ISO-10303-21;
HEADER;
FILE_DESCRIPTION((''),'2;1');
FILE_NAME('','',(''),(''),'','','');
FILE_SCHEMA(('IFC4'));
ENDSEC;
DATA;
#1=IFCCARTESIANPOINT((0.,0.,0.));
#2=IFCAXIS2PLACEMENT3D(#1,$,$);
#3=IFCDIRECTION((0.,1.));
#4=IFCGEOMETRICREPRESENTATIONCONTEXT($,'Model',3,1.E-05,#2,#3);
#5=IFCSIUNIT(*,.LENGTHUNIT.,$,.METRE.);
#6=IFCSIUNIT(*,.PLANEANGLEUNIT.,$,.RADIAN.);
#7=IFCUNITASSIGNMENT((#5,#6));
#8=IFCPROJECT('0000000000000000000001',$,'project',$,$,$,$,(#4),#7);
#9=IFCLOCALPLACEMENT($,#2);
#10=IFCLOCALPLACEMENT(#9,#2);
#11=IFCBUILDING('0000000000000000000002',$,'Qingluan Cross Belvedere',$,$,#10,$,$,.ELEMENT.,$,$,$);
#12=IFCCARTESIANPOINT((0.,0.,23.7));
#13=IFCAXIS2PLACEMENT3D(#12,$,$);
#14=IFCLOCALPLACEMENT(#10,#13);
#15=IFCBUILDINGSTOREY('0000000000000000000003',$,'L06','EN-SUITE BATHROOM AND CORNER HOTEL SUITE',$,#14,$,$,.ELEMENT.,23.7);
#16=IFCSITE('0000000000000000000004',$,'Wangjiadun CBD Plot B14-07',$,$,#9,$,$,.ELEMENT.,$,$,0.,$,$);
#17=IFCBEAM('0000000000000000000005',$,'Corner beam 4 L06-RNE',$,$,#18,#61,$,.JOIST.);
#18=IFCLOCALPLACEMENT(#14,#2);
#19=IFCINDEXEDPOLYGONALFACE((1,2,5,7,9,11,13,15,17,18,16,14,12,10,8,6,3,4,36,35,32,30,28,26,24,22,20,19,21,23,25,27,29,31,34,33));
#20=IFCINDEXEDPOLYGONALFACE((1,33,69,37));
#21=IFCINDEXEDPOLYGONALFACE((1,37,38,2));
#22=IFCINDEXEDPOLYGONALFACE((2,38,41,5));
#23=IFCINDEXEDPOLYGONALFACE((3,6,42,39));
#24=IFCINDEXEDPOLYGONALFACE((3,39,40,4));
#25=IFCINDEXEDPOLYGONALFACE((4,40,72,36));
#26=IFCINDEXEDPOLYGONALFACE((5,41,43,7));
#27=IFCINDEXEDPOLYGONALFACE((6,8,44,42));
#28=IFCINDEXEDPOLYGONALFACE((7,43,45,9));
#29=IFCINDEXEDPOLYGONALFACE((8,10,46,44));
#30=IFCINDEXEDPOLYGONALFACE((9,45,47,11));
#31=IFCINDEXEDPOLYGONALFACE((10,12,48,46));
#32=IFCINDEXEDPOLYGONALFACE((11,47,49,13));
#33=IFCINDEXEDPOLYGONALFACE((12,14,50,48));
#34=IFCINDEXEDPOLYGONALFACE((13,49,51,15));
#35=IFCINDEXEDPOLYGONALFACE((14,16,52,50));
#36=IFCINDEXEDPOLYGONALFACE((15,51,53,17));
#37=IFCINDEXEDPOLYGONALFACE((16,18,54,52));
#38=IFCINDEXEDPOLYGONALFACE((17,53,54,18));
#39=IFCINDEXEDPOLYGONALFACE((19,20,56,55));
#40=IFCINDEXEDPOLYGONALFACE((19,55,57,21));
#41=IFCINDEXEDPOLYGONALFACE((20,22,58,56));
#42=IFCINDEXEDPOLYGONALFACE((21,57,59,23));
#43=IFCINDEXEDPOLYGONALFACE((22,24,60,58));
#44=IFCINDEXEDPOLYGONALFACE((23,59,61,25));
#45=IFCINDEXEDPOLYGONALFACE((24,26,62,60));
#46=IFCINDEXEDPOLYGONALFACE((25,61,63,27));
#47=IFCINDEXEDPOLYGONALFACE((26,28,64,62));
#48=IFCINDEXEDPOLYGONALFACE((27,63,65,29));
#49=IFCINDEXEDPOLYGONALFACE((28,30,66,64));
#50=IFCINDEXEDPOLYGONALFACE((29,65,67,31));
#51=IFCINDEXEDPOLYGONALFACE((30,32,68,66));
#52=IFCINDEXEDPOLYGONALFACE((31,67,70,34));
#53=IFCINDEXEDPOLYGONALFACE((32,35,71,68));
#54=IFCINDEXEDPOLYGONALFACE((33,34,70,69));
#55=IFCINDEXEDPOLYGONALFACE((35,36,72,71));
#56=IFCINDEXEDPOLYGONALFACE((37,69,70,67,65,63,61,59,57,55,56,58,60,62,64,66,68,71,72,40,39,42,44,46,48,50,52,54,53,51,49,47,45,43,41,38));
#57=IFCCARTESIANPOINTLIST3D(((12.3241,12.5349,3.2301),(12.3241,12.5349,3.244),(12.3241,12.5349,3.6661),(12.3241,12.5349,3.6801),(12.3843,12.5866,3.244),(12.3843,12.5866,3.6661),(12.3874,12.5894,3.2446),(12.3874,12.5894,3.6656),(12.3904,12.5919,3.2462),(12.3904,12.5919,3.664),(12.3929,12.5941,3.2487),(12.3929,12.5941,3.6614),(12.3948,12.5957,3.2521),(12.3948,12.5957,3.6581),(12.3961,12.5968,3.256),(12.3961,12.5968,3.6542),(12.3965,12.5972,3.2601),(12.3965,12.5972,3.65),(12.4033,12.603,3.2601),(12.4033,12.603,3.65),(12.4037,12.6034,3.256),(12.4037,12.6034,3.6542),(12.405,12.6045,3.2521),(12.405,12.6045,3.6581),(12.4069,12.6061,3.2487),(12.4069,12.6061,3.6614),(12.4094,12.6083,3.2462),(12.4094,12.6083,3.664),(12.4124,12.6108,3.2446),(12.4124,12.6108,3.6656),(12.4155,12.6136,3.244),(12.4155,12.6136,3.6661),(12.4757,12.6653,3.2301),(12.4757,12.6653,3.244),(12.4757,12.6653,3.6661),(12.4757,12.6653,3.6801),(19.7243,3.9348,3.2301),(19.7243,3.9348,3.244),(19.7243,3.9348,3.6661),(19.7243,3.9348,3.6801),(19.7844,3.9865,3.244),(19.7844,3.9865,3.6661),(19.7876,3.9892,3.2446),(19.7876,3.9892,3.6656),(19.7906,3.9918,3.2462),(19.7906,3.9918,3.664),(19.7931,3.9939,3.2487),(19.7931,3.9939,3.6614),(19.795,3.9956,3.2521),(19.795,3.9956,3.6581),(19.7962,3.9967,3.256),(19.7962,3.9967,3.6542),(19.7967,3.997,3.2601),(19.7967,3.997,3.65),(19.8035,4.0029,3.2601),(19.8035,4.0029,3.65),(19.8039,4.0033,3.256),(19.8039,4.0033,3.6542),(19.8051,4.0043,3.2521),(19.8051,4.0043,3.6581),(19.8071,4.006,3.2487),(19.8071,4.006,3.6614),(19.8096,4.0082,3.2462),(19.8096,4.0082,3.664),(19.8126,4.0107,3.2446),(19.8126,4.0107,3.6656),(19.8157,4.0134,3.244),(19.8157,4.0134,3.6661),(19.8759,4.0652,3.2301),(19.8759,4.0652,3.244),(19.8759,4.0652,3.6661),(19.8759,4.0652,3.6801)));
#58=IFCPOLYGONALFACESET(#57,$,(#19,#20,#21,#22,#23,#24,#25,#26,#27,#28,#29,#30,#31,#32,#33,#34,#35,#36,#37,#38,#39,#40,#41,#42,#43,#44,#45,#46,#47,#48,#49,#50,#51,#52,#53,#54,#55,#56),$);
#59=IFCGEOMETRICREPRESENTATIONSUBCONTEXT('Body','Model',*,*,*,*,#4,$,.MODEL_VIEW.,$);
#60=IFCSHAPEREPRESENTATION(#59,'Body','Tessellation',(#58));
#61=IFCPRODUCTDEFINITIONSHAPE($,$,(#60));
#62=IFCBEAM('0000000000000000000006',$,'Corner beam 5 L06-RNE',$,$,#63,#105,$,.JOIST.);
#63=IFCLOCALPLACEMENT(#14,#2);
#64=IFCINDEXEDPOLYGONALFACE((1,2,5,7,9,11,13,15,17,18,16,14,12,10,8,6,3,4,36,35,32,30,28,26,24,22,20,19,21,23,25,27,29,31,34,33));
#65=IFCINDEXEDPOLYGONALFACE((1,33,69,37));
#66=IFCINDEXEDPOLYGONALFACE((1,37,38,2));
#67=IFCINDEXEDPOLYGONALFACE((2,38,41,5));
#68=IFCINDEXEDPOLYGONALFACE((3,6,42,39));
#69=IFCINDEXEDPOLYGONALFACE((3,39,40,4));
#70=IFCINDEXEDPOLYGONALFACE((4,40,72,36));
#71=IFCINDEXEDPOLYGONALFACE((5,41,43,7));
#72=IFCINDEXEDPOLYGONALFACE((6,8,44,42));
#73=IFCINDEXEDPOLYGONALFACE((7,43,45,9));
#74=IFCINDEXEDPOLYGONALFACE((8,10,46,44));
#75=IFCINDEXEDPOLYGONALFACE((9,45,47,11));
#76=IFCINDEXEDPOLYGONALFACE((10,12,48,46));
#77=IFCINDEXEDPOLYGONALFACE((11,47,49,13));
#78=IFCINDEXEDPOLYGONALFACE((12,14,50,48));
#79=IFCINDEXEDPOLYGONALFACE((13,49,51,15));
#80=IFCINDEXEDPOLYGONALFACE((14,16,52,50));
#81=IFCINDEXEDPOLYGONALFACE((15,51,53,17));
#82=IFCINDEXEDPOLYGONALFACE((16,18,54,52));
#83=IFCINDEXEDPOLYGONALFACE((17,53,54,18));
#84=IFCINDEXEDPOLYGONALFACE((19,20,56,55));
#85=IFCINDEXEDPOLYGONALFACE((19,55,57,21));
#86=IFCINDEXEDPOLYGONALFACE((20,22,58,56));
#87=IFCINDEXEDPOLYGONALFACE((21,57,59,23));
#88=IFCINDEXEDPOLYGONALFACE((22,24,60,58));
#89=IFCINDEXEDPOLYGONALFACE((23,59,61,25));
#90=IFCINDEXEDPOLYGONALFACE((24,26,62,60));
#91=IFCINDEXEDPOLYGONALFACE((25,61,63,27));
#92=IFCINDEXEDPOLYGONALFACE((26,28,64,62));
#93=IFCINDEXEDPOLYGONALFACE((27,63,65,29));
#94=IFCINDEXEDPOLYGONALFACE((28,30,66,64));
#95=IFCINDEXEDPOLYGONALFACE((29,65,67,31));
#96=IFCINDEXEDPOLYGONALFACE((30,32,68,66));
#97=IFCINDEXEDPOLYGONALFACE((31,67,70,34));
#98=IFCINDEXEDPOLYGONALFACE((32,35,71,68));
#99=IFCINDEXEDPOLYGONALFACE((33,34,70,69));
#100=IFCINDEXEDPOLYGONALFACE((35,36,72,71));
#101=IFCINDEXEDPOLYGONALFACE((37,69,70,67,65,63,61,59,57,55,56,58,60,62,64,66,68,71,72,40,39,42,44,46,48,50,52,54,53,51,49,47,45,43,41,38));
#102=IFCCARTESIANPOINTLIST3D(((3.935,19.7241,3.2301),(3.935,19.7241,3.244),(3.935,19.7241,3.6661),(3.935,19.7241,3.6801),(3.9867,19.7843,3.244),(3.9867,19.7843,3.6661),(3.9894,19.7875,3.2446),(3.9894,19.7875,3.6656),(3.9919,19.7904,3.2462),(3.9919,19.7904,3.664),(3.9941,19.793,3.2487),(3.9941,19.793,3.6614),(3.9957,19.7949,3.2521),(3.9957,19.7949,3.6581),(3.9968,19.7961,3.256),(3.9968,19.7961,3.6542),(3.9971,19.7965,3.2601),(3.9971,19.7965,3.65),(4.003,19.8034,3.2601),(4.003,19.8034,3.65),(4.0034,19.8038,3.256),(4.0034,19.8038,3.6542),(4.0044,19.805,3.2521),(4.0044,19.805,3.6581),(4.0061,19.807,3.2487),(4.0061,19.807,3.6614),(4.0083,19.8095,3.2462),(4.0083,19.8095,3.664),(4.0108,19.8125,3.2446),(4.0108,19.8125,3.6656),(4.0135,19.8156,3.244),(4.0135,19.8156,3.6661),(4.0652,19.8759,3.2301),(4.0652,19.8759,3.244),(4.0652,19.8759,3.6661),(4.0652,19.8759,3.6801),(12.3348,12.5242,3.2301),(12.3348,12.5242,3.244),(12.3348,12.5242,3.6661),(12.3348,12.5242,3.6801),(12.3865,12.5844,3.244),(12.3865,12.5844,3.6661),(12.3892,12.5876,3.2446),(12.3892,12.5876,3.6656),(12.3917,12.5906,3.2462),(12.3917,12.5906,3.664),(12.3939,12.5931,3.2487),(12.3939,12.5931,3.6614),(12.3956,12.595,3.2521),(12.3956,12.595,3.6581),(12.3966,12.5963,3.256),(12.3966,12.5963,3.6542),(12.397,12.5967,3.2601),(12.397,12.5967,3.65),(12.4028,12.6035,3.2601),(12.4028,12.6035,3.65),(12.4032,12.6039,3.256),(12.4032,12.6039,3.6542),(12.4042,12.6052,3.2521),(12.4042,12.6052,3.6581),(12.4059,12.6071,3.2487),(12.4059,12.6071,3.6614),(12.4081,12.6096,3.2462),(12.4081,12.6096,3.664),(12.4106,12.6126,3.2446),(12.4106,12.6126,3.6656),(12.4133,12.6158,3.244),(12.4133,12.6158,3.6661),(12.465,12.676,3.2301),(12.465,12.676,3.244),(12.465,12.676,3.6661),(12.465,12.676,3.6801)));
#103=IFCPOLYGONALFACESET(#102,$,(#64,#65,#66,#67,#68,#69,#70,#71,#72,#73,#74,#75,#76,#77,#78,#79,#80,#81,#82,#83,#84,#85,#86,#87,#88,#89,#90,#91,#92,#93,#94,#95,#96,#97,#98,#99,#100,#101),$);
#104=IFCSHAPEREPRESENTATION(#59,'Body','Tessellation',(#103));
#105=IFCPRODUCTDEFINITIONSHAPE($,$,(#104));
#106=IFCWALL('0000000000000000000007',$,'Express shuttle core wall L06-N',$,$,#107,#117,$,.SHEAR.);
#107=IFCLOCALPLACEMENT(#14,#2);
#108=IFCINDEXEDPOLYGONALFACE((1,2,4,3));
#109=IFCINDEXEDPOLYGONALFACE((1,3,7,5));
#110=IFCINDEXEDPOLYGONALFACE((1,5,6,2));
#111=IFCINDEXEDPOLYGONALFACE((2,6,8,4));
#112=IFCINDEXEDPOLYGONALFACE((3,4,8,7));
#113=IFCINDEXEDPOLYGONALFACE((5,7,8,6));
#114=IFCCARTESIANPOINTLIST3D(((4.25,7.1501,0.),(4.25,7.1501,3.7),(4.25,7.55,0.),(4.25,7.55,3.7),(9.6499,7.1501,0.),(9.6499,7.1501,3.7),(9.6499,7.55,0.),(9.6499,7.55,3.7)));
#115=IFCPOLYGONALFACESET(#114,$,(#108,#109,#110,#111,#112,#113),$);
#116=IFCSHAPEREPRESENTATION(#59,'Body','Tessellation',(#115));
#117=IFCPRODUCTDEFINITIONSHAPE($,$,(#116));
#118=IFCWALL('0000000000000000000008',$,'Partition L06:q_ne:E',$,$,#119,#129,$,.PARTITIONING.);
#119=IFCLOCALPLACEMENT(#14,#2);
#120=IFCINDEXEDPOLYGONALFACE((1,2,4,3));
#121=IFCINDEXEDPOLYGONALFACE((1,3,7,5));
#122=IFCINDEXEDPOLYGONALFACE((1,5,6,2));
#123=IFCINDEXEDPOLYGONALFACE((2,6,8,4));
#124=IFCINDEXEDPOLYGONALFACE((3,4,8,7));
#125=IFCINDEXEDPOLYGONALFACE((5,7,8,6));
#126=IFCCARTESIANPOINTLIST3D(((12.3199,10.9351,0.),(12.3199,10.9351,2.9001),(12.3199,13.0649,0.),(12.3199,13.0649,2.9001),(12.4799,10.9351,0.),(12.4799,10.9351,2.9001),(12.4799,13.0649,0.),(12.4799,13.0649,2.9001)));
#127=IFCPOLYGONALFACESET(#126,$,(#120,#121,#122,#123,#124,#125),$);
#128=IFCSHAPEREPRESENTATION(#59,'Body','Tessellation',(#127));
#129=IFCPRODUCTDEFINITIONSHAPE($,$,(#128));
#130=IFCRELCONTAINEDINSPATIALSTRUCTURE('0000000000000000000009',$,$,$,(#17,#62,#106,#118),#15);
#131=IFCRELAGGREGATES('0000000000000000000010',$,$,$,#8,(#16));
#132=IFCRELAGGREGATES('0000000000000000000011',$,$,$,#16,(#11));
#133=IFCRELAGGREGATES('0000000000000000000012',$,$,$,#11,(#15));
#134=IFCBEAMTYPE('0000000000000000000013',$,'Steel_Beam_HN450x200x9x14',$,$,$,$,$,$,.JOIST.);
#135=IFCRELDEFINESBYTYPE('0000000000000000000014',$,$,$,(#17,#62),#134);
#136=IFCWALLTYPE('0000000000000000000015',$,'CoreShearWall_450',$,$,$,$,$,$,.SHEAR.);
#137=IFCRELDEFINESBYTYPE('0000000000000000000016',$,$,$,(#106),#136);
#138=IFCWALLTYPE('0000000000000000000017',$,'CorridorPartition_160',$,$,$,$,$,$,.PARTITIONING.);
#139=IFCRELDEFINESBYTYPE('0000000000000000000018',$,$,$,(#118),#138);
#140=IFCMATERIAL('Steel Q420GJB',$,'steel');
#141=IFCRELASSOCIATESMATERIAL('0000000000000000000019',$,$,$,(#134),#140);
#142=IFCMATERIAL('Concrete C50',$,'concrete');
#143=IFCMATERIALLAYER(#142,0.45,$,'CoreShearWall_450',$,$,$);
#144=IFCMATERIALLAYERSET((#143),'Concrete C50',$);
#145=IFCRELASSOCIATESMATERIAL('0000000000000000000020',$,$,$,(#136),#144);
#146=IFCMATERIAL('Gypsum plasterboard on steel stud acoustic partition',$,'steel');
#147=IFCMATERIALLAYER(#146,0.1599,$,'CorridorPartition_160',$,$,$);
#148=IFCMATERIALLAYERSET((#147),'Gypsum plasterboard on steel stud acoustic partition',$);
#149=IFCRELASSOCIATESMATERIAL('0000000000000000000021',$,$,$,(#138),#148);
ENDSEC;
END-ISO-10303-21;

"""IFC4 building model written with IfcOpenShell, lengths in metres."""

from ifc_helpers import new_model, si_unit, direction, frame, frame_2d, origin, origin_2d, place, context, subcontext, project, spatial, rectangle, i_section, extrude, material, layer, layer_set, material_profile, profile_set, type_object, element, save


model = new_model("IFC4")

# Units and contexts
model_context = context("Model", 3, precision=1e-05, world=origin(), true_north=direction((0.0, 1.0)))
body_context = subcontext(model_context, "Body", "Model", "MODEL_VIEW")
ifc_project = project(units=[si_unit("LENGTHUNIT", "METRE"), si_unit("PLANEANGLEUNIT", "RADIAN")], contexts=[model_context])

# Site, building, storey
site_placement = place(None, origin())
site = spatial("IfcSite", under=ifc_project, at=site_placement, Name="Wangjiadun CBD Plot B14-07", CompositionType="ELEMENT", RefElevation=0.0)
building_placement = place(site_placement, origin())
building = spatial("IfcBuilding", under=site, at=building_placement, Name="Qingluan Cross Belvedere", CompositionType="ELEMENT")
storey_placement = place(building_placement, frame((0.0, 0.0, 23.7)))
storey = spatial("IfcBuildingStorey", under=building, at=storey_placement, Name="L06", Description="EN-SUITE BATHROOM AND CORNER HOTEL SUITE", CompositionType="ELEMENT", Elevation=23.7)

# Beams
ifc_material_1 = material(Name="Steel Q420GJB", Category="steel")
ifc_material_profile_1 = material_profile(ifc_material_1, i_section(OverallWidth=0.2, OverallDepth=0.45, WebThickness=0.009, FlangeThickness=0.0139, FilletRadius=0.0161, at=origin_2d()), Name="HN450x200x9x14")
ifc_profile_set_1 = profile_set([ifc_material_profile_1], Name="Steel Q420GJB")
beam_type = type_object("IfcBeamType", Name="Steel_Beam_HN450x200x9x14", PredefinedType="JOIST", material=ifc_profile_set_1)
beam_1_placement = place(storey_placement, frame((12.3999, 12.6001, 3.4551), z_axis=(0.652245, -0.758008, 0.0), x_axis=(0.758008, 0.652245, 0.0)))
element("IfcBeam", 1, at=beam_1_placement, inside=storey, type_object=beam_type, Name="Corner beam 4 L06-RNE", PredefinedType="JOIST", context=body_context, shape_type="SweptSolid", body=[
    extrude(i_section(OverallWidth=0.2, OverallDepth=0.45, WebThickness=0.009, FlangeThickness=0.0139, FilletRadius=0.0161, at=origin_2d()), origin(), (0.0, 0.0, 1.0), 11.3457),
])
beam_2_placement = place(storey_placement, frame((12.3999, 12.6001, 3.4551), z_axis=(-0.759255, 0.650793, 0.0), x_axis=(-0.650793, -0.759255, 0.0)))
element("IfcBeam", 2, at=beam_2_placement, inside=storey, type_object=beam_type, Name="Corner beam 5 L06-RNE", PredefinedType="JOIST", context=body_context, shape_type="SweptSolid", body=[
    extrude(i_section(OverallWidth=0.2, OverallDepth=0.45, WebThickness=0.009, FlangeThickness=0.0139, FilletRadius=0.0161, at=origin_2d()), origin(), (0.0, 0.0, 1.0), 11.0632),
])

# Walls
ifc_material_2 = material(Name="Concrete C50", Category="concrete")
ifc_layer_1 = layer(ifc_material_2, 0.45, Name="CoreShearWall_450")
ifc_layer_set_1 = layer_set([ifc_layer_1], Name="Concrete C50")
wall_type_1 = type_object("IfcWallType", Name="CoreShearWall_450", PredefinedType="SHEAR", material=ifc_layer_set_1)
wall_1_placement = place(storey_placement, frame((4.25, 7.3501, 0.0), z_axis=(0.0, 0.0, 1.0), x_axis=(1.0, 0.0, 0.0)))
element("IfcWall", 3, at=wall_1_placement, inside=storey, type_object=wall_type_1, Name="Express shuttle core wall L06-N", PredefinedType="SHEAR", context=body_context, shape_type="SweptSolid", body=[
    extrude(rectangle(XDim=5.3999, YDim=0.3999, at=frame_2d((2.7, 0.0))), origin(), (0.0, 0.0, 1.0), 3.7),
])
ifc_material_3 = material(Name="Gypsum plasterboard on steel stud acoustic partition", Category="steel")
ifc_layer_2 = layer(ifc_material_3, 0.1599, Name="CorridorPartition_160")
ifc_layer_set_2 = layer_set([ifc_layer_2], Name="Gypsum plasterboard on steel stud acoustic partition")
wall_type_2 = type_object("IfcWallType", Name="CorridorPartition_160", PredefinedType="PARTITIONING", material=ifc_layer_set_2)
wall_2_placement = place(storey_placement, frame((12.3999, 10.9351, 0.0), z_axis=(0.0, 0.0, 1.0), x_axis=(0.0, 1.0, 0.0)))
element("IfcWall", 4, at=wall_2_placement, inside=storey, type_object=wall_type_2, Name="Partition L06:q_ne:E", PredefinedType="PARTITIONING", context=body_context, shape_type="SweptSolid", body=[
    extrude(rectangle(XDim=2.1299, YDim=0.1599, at=frame_2d((1.0649, 0.0))), origin(), (0.0, 0.0, 1.0), 2.9001),
])

save(model, "model.ifc")
